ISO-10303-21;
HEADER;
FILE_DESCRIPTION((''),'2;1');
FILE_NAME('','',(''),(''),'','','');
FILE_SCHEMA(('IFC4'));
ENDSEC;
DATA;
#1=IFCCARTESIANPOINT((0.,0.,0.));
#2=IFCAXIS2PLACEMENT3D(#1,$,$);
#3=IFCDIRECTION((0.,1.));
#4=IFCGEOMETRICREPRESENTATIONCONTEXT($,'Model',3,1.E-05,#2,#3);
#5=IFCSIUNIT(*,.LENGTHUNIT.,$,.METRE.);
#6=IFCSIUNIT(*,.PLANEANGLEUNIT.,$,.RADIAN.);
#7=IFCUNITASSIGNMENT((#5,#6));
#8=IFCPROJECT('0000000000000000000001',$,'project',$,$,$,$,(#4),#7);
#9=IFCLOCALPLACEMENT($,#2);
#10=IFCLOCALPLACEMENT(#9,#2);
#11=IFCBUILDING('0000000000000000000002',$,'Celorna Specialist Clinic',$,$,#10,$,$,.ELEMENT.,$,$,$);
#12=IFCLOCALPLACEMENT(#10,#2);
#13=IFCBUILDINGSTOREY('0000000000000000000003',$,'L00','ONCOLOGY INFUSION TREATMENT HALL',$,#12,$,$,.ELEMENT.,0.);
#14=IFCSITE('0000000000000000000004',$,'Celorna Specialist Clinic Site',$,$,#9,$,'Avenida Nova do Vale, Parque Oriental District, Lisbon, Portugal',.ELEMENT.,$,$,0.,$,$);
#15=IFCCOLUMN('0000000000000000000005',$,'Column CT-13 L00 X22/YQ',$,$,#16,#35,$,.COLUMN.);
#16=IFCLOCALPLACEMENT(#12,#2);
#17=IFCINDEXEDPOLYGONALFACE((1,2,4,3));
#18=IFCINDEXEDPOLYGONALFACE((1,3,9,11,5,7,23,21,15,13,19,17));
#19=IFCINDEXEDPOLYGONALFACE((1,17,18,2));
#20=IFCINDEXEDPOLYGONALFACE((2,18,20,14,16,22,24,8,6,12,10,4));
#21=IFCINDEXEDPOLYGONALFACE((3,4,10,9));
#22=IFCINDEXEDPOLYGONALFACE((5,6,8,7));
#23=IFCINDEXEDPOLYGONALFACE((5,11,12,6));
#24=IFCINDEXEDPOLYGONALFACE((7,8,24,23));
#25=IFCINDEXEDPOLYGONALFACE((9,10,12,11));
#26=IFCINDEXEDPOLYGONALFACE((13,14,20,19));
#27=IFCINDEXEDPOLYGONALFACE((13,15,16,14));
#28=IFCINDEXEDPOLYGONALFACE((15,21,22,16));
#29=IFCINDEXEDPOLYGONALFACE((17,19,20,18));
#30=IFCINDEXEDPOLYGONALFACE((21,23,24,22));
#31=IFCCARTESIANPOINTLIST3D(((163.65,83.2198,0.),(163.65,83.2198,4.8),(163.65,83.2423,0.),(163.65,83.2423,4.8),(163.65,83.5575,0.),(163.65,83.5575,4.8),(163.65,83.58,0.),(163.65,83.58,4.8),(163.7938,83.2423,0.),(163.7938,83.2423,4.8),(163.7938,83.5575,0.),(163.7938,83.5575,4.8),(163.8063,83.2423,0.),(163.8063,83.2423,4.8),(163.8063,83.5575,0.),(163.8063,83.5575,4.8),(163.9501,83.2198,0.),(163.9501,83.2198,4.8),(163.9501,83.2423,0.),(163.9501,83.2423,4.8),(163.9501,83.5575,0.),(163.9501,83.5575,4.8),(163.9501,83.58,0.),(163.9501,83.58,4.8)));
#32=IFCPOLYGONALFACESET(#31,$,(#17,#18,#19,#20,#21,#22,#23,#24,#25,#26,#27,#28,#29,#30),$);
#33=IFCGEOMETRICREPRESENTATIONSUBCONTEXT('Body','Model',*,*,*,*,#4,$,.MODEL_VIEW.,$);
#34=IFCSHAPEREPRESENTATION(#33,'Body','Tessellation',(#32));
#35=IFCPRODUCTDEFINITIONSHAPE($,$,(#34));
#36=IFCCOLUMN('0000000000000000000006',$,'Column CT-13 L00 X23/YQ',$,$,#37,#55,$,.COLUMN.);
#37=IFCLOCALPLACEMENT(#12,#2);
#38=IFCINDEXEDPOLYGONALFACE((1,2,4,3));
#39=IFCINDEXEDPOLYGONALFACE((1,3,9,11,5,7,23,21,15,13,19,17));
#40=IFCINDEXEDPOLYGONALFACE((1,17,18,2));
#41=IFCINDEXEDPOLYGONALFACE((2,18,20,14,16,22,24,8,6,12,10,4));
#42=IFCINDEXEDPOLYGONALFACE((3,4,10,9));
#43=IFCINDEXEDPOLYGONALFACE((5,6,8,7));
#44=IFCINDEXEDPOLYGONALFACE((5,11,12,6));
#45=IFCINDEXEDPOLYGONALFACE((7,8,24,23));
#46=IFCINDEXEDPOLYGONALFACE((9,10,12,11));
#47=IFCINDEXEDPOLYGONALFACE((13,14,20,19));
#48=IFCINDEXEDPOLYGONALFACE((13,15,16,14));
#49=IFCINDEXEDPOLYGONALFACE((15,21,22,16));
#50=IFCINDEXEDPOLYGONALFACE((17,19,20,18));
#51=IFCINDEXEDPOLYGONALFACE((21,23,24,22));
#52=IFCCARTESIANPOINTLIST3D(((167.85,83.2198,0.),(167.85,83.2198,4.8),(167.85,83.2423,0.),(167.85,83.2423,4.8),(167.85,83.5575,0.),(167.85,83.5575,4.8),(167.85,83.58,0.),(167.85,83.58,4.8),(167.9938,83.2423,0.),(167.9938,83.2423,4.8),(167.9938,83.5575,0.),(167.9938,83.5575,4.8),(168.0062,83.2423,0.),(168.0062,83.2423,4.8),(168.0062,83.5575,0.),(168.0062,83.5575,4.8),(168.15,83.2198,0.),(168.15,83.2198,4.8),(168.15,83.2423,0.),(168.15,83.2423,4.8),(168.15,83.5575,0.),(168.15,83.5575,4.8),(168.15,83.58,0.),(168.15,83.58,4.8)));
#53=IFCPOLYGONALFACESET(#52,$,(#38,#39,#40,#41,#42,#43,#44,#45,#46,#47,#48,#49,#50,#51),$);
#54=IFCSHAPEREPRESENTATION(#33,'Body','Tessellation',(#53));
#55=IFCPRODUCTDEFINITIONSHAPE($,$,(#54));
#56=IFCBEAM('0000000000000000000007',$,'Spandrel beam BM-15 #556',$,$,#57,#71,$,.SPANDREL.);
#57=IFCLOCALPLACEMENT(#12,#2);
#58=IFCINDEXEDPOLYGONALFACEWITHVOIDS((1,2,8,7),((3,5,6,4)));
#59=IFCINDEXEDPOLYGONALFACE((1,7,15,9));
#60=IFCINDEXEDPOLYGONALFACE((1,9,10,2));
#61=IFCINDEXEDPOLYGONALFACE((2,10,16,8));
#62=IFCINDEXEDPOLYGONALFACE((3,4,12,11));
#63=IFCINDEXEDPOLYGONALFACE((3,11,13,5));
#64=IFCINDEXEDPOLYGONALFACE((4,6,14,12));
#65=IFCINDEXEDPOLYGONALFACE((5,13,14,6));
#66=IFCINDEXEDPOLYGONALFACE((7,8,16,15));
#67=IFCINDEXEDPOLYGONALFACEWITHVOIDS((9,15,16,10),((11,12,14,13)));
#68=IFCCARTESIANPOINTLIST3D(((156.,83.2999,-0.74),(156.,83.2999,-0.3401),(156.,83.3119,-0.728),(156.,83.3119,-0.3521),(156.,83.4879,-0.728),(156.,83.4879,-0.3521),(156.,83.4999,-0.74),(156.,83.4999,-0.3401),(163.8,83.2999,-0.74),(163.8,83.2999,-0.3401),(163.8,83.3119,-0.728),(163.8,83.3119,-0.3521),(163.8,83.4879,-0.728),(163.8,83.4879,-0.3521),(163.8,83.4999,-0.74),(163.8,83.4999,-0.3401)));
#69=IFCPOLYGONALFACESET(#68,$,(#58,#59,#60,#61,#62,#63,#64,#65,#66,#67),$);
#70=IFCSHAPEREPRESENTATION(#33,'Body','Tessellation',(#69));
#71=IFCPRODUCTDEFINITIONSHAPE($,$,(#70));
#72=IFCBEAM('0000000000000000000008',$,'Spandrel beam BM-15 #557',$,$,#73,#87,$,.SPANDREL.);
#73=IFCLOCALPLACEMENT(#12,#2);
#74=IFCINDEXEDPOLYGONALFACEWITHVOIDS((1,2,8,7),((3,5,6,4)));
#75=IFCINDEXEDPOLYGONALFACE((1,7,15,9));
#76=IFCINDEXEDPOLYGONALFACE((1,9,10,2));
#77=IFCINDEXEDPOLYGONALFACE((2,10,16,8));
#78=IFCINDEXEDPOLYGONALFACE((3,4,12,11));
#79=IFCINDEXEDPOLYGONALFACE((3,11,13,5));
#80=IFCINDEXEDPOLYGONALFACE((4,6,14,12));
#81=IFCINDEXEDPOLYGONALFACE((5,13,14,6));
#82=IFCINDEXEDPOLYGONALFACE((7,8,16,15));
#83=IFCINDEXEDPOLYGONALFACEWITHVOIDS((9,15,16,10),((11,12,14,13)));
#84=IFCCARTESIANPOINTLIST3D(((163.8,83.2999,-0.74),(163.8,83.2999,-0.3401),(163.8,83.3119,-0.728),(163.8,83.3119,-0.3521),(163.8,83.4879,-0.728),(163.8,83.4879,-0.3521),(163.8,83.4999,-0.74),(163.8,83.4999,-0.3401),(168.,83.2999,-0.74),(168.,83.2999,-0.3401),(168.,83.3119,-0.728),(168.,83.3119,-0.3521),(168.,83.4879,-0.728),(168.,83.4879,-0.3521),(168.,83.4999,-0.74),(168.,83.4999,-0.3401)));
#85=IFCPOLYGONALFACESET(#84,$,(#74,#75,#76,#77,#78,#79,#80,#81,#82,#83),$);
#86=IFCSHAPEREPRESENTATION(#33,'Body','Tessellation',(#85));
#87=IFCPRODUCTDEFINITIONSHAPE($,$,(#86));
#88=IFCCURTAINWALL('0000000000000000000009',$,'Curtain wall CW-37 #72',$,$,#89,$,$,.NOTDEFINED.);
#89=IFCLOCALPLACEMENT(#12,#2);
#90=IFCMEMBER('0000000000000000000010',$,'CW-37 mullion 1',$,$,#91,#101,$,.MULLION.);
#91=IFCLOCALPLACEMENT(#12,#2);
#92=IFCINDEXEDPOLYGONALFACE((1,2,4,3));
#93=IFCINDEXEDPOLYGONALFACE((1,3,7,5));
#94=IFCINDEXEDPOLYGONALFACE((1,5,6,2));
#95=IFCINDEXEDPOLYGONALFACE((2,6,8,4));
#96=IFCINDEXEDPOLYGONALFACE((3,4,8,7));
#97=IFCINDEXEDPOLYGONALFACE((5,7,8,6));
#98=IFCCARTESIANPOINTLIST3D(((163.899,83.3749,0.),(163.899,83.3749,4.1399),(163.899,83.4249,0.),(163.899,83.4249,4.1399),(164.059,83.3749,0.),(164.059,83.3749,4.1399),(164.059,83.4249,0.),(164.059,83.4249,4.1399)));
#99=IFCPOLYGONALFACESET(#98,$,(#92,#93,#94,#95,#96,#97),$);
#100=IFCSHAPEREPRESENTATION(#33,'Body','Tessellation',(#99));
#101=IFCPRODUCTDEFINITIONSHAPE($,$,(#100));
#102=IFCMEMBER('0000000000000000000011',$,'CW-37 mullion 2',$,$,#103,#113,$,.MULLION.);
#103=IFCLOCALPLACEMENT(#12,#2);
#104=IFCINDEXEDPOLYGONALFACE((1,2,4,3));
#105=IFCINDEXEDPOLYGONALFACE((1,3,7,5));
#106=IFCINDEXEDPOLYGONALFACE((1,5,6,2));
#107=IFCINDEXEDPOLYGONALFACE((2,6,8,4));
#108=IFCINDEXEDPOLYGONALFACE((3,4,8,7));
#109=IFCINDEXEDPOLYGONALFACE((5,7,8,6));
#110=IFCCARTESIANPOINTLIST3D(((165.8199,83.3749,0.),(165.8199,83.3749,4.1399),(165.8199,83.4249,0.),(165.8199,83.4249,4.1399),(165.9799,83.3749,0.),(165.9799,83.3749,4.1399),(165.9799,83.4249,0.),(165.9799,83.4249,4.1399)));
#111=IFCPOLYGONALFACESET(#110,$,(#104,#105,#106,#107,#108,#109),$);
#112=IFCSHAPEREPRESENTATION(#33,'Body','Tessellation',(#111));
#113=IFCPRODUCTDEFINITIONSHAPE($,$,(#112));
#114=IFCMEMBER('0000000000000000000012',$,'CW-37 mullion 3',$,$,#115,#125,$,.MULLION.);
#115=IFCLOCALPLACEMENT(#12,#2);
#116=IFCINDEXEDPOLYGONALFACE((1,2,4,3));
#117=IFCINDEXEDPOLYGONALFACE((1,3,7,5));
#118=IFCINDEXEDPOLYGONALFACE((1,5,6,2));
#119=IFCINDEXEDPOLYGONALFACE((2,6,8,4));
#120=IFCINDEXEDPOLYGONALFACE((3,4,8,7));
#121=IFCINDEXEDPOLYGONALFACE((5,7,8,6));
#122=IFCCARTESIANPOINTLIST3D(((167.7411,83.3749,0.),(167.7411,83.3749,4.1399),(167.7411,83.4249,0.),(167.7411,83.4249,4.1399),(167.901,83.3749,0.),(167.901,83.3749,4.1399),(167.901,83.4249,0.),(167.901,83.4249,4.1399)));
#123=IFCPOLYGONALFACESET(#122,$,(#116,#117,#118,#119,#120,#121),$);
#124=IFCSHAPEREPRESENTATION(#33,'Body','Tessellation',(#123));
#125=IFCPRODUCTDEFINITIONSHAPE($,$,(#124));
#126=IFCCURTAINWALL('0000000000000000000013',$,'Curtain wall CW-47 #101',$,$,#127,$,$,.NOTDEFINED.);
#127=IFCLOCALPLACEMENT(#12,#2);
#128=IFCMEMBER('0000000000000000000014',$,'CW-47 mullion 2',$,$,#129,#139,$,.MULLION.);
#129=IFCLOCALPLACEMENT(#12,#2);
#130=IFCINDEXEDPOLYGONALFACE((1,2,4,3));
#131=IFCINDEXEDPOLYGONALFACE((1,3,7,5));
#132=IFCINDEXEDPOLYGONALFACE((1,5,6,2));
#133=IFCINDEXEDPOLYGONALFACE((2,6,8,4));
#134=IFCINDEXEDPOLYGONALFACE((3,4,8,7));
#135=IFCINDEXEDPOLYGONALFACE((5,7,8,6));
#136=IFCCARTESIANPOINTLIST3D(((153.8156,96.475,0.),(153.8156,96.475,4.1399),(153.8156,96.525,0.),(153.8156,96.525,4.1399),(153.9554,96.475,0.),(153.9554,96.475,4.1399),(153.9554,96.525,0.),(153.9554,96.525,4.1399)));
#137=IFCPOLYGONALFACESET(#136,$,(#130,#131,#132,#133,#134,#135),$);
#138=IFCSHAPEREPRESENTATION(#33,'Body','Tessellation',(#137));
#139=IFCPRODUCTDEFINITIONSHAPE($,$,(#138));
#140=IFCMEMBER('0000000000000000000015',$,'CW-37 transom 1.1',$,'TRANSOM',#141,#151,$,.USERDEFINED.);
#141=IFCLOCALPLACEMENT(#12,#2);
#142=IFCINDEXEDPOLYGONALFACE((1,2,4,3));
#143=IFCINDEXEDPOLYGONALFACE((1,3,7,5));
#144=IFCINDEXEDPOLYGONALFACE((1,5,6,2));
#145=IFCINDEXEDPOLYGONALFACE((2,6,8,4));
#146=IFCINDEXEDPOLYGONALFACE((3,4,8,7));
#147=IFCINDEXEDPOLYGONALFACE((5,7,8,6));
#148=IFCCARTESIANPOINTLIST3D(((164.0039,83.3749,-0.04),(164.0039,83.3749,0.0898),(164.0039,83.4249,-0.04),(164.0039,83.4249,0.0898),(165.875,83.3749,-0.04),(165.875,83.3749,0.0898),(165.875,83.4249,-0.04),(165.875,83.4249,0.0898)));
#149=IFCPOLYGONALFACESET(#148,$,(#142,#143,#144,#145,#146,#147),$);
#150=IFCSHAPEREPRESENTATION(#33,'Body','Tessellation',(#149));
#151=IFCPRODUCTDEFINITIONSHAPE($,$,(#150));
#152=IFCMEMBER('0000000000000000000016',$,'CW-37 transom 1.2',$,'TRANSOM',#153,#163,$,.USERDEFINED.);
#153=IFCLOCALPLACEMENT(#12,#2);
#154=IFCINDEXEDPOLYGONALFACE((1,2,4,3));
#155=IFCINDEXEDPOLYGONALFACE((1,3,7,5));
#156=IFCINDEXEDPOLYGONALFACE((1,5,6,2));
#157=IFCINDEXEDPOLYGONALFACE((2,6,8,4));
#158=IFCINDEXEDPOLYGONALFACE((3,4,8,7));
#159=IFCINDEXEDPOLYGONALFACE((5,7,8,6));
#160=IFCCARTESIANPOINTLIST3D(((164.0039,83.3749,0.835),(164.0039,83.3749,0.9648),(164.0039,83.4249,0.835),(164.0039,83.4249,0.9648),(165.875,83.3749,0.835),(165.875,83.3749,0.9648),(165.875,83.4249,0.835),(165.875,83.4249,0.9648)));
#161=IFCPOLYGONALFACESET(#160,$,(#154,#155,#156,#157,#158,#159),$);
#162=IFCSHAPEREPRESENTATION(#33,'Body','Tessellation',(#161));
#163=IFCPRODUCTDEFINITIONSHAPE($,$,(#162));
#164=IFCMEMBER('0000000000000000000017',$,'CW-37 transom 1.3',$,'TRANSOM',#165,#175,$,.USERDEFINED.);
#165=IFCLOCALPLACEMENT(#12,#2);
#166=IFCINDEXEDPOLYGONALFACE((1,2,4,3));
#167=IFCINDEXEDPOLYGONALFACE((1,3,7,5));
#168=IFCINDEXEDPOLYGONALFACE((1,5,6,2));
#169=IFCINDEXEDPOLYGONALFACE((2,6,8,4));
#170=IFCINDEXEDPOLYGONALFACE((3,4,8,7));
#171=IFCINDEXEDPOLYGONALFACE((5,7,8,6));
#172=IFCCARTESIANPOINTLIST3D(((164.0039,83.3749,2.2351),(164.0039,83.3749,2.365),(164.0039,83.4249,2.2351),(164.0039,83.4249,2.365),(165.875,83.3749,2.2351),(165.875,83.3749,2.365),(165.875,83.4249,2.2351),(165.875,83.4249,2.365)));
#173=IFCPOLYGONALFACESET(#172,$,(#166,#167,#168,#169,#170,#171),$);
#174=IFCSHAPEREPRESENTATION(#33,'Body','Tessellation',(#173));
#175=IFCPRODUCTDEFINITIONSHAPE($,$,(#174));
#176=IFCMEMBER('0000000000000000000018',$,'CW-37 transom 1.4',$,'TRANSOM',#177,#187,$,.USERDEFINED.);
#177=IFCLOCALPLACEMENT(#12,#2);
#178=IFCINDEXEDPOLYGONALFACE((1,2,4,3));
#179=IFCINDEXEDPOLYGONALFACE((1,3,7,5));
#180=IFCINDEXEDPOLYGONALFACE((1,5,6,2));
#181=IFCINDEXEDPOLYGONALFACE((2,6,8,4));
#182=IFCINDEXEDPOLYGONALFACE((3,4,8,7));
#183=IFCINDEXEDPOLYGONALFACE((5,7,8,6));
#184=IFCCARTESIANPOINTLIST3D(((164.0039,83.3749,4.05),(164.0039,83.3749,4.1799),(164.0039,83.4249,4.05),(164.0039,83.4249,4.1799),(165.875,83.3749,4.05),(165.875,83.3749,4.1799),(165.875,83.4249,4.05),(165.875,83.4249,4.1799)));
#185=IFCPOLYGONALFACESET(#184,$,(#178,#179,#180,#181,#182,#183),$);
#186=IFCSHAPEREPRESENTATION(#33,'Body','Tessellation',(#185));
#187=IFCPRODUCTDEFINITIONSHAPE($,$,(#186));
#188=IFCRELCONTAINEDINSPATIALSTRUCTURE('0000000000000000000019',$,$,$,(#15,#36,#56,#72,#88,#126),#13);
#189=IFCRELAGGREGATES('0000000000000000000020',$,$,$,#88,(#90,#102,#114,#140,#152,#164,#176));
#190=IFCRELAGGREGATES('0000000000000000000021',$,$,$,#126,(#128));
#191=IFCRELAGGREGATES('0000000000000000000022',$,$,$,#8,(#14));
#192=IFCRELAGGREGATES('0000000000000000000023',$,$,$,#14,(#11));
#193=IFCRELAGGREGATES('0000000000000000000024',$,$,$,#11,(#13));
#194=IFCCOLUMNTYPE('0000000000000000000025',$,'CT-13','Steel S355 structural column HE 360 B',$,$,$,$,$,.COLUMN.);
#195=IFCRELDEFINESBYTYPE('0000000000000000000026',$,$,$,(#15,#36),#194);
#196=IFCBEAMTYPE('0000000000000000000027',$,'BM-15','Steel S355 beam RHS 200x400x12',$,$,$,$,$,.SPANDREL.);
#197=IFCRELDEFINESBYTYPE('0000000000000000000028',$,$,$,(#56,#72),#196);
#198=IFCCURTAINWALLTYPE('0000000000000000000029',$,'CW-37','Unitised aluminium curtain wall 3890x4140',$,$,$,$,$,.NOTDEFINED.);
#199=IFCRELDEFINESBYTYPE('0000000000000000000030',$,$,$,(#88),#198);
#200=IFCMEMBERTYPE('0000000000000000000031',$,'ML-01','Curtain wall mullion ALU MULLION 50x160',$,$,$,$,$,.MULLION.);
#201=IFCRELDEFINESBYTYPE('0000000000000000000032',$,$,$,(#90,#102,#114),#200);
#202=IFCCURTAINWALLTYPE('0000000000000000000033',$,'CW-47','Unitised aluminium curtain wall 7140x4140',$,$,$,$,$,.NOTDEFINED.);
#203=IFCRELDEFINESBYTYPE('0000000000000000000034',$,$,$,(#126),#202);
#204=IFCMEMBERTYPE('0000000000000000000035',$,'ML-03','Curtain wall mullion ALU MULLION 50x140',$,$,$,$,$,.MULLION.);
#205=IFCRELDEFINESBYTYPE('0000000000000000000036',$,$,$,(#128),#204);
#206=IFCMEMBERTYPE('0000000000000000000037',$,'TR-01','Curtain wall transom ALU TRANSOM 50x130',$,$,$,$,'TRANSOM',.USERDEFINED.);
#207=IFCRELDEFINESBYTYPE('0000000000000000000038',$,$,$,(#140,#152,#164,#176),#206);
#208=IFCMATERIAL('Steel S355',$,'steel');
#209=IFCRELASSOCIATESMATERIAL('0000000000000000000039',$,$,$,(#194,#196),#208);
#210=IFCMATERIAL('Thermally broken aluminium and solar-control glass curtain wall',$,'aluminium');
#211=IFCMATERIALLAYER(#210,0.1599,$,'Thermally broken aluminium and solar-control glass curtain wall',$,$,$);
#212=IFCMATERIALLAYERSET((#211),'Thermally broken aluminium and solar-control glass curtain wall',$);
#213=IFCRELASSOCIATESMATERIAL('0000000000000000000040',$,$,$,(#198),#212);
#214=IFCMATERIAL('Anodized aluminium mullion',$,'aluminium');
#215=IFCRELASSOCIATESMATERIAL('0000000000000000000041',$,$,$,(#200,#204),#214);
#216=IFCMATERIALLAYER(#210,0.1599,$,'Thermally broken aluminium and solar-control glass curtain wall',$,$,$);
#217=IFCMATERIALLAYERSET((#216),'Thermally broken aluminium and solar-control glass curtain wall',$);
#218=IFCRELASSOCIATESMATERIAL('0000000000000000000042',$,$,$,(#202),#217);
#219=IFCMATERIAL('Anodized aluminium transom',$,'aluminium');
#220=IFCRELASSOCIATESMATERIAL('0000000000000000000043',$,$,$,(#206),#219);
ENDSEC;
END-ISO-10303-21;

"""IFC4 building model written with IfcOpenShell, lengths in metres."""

from ifc_helpers import new_model, si_unit, direction, frame, origin, origin_2d, place, context, subcontext, project, spatial, rectangle, hollow_rectangle, i_section, extrude, material, layer, layer_set, material_profile, profile_set, type_object, element, aggregate, save


model = new_model("IFC4")

# Units and contexts
model_context = context("Model", 3, precision=1e-05, world=origin(), true_north=direction((0.0, 1.0)))
body_context = subcontext(model_context, "Body", "Model", "MODEL_VIEW")
ifc_project = project(units=[si_unit("LENGTHUNIT", "METRE"), si_unit("PLANEANGLEUNIT", "RADIAN")], contexts=[model_context])

# Site, building, storey
site_placement = place(None, origin())
site = spatial("IfcSite", under=ifc_project, at=site_placement, Name="Celorna Specialist Clinic Site", LongName="Avenida Nova do Vale, Parque Oriental District, Lisbon, Portugal", CompositionType="ELEMENT", RefElevation=0.0)
building_placement = place(site_placement, origin())
building = spatial("IfcBuilding", under=site, at=building_placement, Name="Celorna Specialist Clinic", CompositionType="ELEMENT")
storey_placement = place(building_placement, origin())
storey = spatial("IfcBuildingStorey", under=building, at=storey_placement, Name="L00", Description="ONCOLOGY INFUSION TREATMENT HALL", CompositionType="ELEMENT", Elevation=0.0)

# Columns
ifc_material_1 = material(Name="Steel S355", Category="steel")
ifc_material_profile_1 = material_profile(ifc_material_1, i_section(OverallWidth=0.3, OverallDepth=0.3601, WebThickness=0.0125, FlangeThickness=0.0225, at=origin_2d()), Name="HE 360 B")
ifc_profile_set_1 = profile_set([ifc_material_profile_1], Name="Steel S355")
column_type = type_object("IfcColumnType", Name="CT-13", Description="Steel S355 structural column HE 360 B", PredefinedType="COLUMN", material=ifc_profile_set_1)
for number, where, z_axis, x_axis, name in (
    (1, (163.8, 83.3999, 0.0), (0.0, 0.0, 1.0), (1.0, 0.0, 0.0), "Column CT-13 L00 X22/YQ"),
    (2, (168.0, 83.3999, 0.0), (0.0, 0.0, 1.0), (1.0, 0.0, 0.0), "Column CT-13 L00 X23/YQ"),
):
    element("IfcColumn", number, at=place(storey_placement, frame(where, z_axis=z_axis, x_axis=x_axis)), inside=storey, type_object=column_type, Name=name, PredefinedType="COLUMN", context=body_context, shape_type="SweptSolid", body=[
        extrude(i_section(OverallWidth=0.3, OverallDepth=0.3601, WebThickness=0.0125, FlangeThickness=0.0225, at=origin_2d()), origin(), (0.0, 0.0, 1.0), 4.8),
    ])

# Beams
ifc_material_profile_2 = material_profile(ifc_material_1, hollow_rectangle(XDim=0.2, YDim=0.3999, WallThickness=0.012, at=origin_2d()), Name="RHS 200x400x12")
ifc_profile_set_2 = profile_set([ifc_material_profile_2], Name="Steel S355")
beam_type = type_object("IfcBeamType", Name="BM-15", Description="Steel S355 beam RHS 200x400x12", PredefinedType="SPANDREL", material=ifc_profile_set_2)
beam_1_placement = place(storey_placement, frame((156.0, 83.3999, -0.54), z_axis=(1.0, 0.0, 0.0), x_axis=(0.0, 1.0, 0.0)))
element("IfcBeam", 3, at=beam_1_placement, inside=storey, type_object=beam_type, Name="Spandrel beam BM-15 #556", PredefinedType="SPANDREL", context=body_context, shape_type="SweptSolid", body=[
    extrude(hollow_rectangle(XDim=0.2, YDim=0.3999, WallThickness=0.012, at=origin_2d()), origin(), (0.0, 0.0, 1.0), 7.8),
])
beam_2_placement = place(storey_placement, frame((163.8, 83.3999, -0.54), z_axis=(1.0, 0.0, 0.0), x_axis=(0.0, 1.0, 0.0)))
element("IfcBeam", 4, at=beam_2_placement, inside=storey, type_object=beam_type, Name="Spandrel beam BM-15 #557", PredefinedType="SPANDREL", context=body_context, shape_type="SweptSolid", body=[
    extrude(hollow_rectangle(XDim=0.2, YDim=0.3999, WallThickness=0.012, at=origin_2d()), origin(), (0.0, 0.0, 1.0), 4.2),
])

# Curtain wall, members
ifc_material_2 = material(Name="Thermally broken aluminium and solar-control glass curtain wall", Category="aluminium")
ifc_layer_1 = layer(ifc_material_2, 0.1599, Name="Thermally broken aluminium and solar-control glass curtain wall")
ifc_layer_set_1 = layer_set([ifc_layer_1], Name="Thermally broken aluminium and solar-control glass curtain wall")
curtain_wall_type_1 = type_object("IfcCurtainWallType", Name="CW-37", Description="Unitised aluminium curtain wall 3890x4140", PredefinedType="NOTDEFINED", material=ifc_layer_set_1)
curtain_wall_1_placement = place(storey_placement, origin())
curtain_wall_1 = element("IfcCurtainWall", 5, at=curtain_wall_1_placement, inside=storey, type_object=curtain_wall_type_1, Name="Curtain wall CW-37 #72", PredefinedType="NOTDEFINED")
ifc_material_3 = material(Name="Anodized aluminium mullion", Category="aluminium")
ifc_material_profile_3 = material_profile(ifc_material_3, rectangle(XDim=0.05, YDim=0.1599, at=origin_2d()), Name="ALU MULLION 50x160")
ifc_profile_set_3 = profile_set([ifc_material_profile_3], Name="Anodized aluminium mullion")
member_type_1 = type_object("IfcMemberType", Name="ML-01", Description="Curtain wall mullion ALU MULLION 50x160", PredefinedType="MULLION", material=ifc_profile_set_3)
member_1_placement = place(storey_placement, frame((163.979, 83.3999, 0.0), z_axis=(0.0, 0.0, 1.0), x_axis=(0.0, 1.0, 0.0)))
member_1 = element("IfcMember", 6, at=member_1_placement, type_object=member_type_1, Name="CW-37 mullion 1", PredefinedType="MULLION", context=body_context, shape_type="SweptSolid", body=[
    extrude(rectangle(XDim=0.05, YDim=0.1599, at=origin_2d()), origin(), (0.0, 0.0, 1.0), 4.1399),
])
member_2_placement = place(storey_placement, frame((165.8999, 83.3999, 0.0), z_axis=(0.0, 0.0, 1.0), x_axis=(0.0, 1.0, 0.0)))
member_2 = element("IfcMember", 7, at=member_2_placement, type_object=member_type_1, Name="CW-37 mullion 2", PredefinedType="MULLION", context=body_context, shape_type="SweptSolid", body=[
    extrude(rectangle(XDim=0.05, YDim=0.1599, at=origin_2d()), origin(), (0.0, 0.0, 1.0), 4.1399),
])
member_3_placement = place(storey_placement, frame((167.821, 83.3999, 0.0), z_axis=(0.0, 0.0, 1.0), x_axis=(0.0, 1.0, 0.0)))
member_3 = element("IfcMember", 8, at=member_3_placement, type_object=member_type_1, Name="CW-37 mullion 3", PredefinedType="MULLION", context=body_context, shape_type="SweptSolid", body=[
    extrude(rectangle(XDim=0.05, YDim=0.1599, at=origin_2d()), origin(), (0.0, 0.0, 1.0), 4.1399),
])

# Curtain wall, member
ifc_layer_2 = layer(ifc_material_2, 0.1599, Name="Thermally broken aluminium and solar-control glass curtain wall")
ifc_layer_set_2 = layer_set([ifc_layer_2], Name="Thermally broken aluminium and solar-control glass curtain wall")
curtain_wall_type_2 = type_object("IfcCurtainWallType", Name="CW-47", Description="Unitised aluminium curtain wall 7140x4140", PredefinedType="NOTDEFINED", material=ifc_layer_set_2)
curtain_wall_2_placement = place(storey_placement, origin())
curtain_wall_2 = element("IfcCurtainWall", 9, at=curtain_wall_2_placement, inside=storey, type_object=curtain_wall_type_2, Name="Curtain wall CW-47 #101", PredefinedType="NOTDEFINED")
ifc_material_profile_4 = material_profile(ifc_material_3, rectangle(XDim=0.05, YDim=0.1399, at=origin_2d()), Name="ALU MULLION 50x140")
ifc_profile_set_4 = profile_set([ifc_material_profile_4], Name="Anodized aluminium mullion")
member_type_2 = type_object("IfcMemberType", Name="ML-03", Description="Curtain wall mullion ALU MULLION 50x140", PredefinedType="MULLION", material=ifc_profile_set_4)
member_4_placement = place(storey_placement, frame((153.8855, 96.5, 0.0), z_axis=(0.0, 0.0, 1.0), x_axis=(0.0, -1.0, 0.0)))
member_4 = element("IfcMember", 10, at=member_4_placement, type_object=member_type_2, Name="CW-47 mullion 2", PredefinedType="MULLION", context=body_context, shape_type="SweptSolid", body=[
    extrude(rectangle(XDim=0.05, YDim=0.1399, at=origin_2d()), origin(), (0.0, 0.0, 1.0), 4.1399),
])

# Members
ifc_material_4 = material(Name="Anodized aluminium transom", Category="aluminium")
ifc_material_profile_5 = material_profile(ifc_material_4, rectangle(XDim=0.05, YDim=0.1299, at=origin_2d()), Name="ALU TRANSOM 50x130")
ifc_profile_set_5 = profile_set([ifc_material_profile_5], Name="Anodized aluminium transom")
member_type_3 = type_object("IfcMemberType", Name="TR-01", Description="Curtain wall transom ALU TRANSOM 50x130", ElementType="TRANSOM", PredefinedType="USERDEFINED", material=ifc_profile_set_5)
member_5_placement = place(storey_placement, frame((164.0039, 83.3999, 0.0249), z_axis=(1.0, 0.0, 0.0), x_axis=(0.0, 1.0, 0.0)))
member_5 = element("IfcMember", 11, at=member_5_placement, type_object=member_type_3, Name="CW-37 transom 1.1", ObjectType="TRANSOM", PredefinedType="USERDEFINED", context=body_context, shape_type="SweptSolid", body=[
    extrude(rectangle(XDim=0.05, YDim=0.1299, at=origin_2d()), origin(), (0.0, 0.0, 1.0), 1.8711),
])
member_6_placement = place(storey_placement, frame((164.0039, 83.3999, 0.8999), z_axis=(1.0, 0.0, 0.0), x_axis=(0.0, 1.0, 0.0)))
member_6 = element("IfcMember", 12, at=member_6_placement, type_object=member_type_3, Name="CW-37 transom 1.2", ObjectType="TRANSOM", PredefinedType="USERDEFINED", context=body_context, shape_type="SweptSolid", body=[
    extrude(rectangle(XDim=0.05, YDim=0.1299, at=origin_2d()), origin(), (0.0, 0.0, 1.0), 1.8711),
])
member_7_placement = place(storey_placement, frame((164.0039, 83.3999, 2.3), z_axis=(1.0, 0.0, 0.0), x_axis=(0.0, 1.0, 0.0)))
member_7 = element("IfcMember", 13, at=member_7_placement, type_object=member_type_3, Name="CW-37 transom 1.3", ObjectType="TRANSOM", PredefinedType="USERDEFINED", context=body_context, shape_type="SweptSolid", body=[
    extrude(rectangle(XDim=0.05, YDim=0.1299, at=origin_2d()), origin(), (0.0, 0.0, 1.0), 1.8711),
])
member_8_placement = place(storey_placement, frame((164.0039, 83.3999, 4.115), z_axis=(1.0, 0.0, 0.0), x_axis=(0.0, 1.0, 0.0)))
member_8 = element("IfcMember", 14, at=member_8_placement, type_object=member_type_3, Name="CW-37 transom 1.4", ObjectType="TRANSOM", PredefinedType="USERDEFINED", context=body_context, shape_type="SweptSolid", body=[
    extrude(rectangle(XDim=0.05, YDim=0.1299, at=origin_2d()), origin(), (0.0, 0.0, 1.0), 1.8711),
])

aggregate(curtain_wall_1, [member_1, member_2, member_3, member_5, member_6, member_7, member_8])
aggregate(curtain_wall_2, [member_4])

save(model, "model.ifc")
